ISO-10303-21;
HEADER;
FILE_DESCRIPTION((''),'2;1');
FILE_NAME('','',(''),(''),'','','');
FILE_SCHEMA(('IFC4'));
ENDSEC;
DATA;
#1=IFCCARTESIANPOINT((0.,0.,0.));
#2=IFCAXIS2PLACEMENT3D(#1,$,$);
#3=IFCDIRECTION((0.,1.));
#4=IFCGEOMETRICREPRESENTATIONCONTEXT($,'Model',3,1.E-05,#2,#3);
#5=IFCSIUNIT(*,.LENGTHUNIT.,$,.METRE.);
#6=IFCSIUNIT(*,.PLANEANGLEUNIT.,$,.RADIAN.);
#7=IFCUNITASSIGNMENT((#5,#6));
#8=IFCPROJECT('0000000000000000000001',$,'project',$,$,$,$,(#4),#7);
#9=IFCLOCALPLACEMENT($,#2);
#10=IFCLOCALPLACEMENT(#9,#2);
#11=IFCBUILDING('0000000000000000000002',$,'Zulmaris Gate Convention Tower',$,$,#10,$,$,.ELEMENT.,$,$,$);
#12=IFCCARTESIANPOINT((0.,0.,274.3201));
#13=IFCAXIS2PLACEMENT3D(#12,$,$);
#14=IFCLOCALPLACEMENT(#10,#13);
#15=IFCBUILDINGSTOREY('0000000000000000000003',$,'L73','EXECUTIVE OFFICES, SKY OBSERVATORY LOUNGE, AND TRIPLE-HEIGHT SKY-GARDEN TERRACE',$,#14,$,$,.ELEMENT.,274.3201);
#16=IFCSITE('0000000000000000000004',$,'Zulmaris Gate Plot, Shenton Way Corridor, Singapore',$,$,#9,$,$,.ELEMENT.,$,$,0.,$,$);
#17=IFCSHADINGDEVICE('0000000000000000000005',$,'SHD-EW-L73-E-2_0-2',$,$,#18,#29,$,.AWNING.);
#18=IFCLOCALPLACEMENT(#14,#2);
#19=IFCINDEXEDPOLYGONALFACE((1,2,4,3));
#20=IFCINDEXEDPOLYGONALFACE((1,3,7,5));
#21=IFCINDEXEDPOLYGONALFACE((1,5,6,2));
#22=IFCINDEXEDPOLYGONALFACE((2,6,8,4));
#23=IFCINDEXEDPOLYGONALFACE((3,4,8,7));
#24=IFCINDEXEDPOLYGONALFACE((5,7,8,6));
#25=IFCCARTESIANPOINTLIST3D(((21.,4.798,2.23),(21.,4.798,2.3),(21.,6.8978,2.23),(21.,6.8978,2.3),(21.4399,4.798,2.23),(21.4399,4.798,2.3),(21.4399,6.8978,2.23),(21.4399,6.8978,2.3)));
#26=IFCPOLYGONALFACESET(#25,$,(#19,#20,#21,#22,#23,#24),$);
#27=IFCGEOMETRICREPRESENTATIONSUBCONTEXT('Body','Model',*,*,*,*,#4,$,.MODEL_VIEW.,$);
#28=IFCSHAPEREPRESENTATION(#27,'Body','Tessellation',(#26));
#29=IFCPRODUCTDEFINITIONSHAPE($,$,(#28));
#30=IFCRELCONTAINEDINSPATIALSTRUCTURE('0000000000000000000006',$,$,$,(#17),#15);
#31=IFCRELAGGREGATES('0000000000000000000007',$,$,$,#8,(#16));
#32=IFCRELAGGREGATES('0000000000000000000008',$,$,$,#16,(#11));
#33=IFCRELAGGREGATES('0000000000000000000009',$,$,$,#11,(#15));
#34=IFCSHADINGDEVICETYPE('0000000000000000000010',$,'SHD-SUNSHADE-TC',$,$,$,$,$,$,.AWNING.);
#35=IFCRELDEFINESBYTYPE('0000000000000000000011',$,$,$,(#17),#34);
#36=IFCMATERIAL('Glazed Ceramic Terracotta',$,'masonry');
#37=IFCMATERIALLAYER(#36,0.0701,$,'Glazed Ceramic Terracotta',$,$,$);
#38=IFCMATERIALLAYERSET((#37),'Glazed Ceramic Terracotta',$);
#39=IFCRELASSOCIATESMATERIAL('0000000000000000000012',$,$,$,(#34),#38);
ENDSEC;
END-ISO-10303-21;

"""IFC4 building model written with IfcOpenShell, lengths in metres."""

from ifc_helpers import new_model, si_unit, direction, frame, frame_2d, origin, place, context, subcontext, project, spatial, rectangle, extrude, material, layer, layer_set, type_object, element, save


model = new_model("IFC4")

# Units and contexts
model_context = context("Model", 3, precision=1e-05, world=origin(), true_north=direction((0.0, 1.0)))
body_context = subcontext(model_context, "Body", "Model", "MODEL_VIEW")
ifc_project = project(units=[si_unit("LENGTHUNIT", "METRE"), si_unit("PLANEANGLEUNIT", "RADIAN")], contexts=[model_context])

# Site, building, storey
site_placement = place(None, origin())
site = spatial("IfcSite", under=ifc_project, at=site_placement, Name="Zulmaris Gate Plot, Shenton Way Corridor, Singapore", CompositionType="ELEMENT", RefElevation=0.0)
building_placement = place(site_placement, origin())
building = spatial("IfcBuilding", under=site, at=building_placement, Name="Zulmaris Gate Convention Tower", CompositionType="ELEMENT")
storey_placement = place(building_placement, frame((0.0, 0.0, 274.3201)))
storey = spatial("IfcBuildingStorey", under=building, at=storey_placement, Name="L73", Description="EXECUTIVE OFFICES, SKY OBSERVATORY LOUNGE, AND TRIPLE-HEIGHT SKY-GARDEN TERRACE", CompositionType="ELEMENT", Elevation=274.3201)

# Shading device
ifc_material_1 = material(Name="Glazed Ceramic Terracotta", Category="masonry")
ifc_layer_1 = layer(ifc_material_1, 0.0701, Name="Glazed Ceramic Terracotta")
ifc_layer_set_1 = layer_set([ifc_layer_1], Name="Glazed Ceramic Terracotta")
shading_device_type = type_object("IfcShadingDeviceType", Name="SHD-SUNSHADE-TC", PredefinedType="AWNING", material=ifc_layer_set_1)
for number, where, z_axis, x_axis, name in (
    (1, (21.22, 4.7981, 2.23), (0.0, 0.0, 1.0), (0.0, 1.0, 0.0), "SHD-EW-L73-E-2_0-2"),
):
    element("IfcShadingDevice", number, at=place(storey_placement, frame(where, z_axis=z_axis, x_axis=x_axis)), inside=storey, type_object=shading_device_type, Name=name, PredefinedType="AWNING", context=body_context, shape_type="SweptSolid", body=[
        extrude(rectangle(XDim=2.0999, YDim=0.4399, at=frame_2d((1.0498, 0.0))), origin(), (0.0, 0.0, 1.0), 0.0701),
    ])

save(model, "model.ifc")
